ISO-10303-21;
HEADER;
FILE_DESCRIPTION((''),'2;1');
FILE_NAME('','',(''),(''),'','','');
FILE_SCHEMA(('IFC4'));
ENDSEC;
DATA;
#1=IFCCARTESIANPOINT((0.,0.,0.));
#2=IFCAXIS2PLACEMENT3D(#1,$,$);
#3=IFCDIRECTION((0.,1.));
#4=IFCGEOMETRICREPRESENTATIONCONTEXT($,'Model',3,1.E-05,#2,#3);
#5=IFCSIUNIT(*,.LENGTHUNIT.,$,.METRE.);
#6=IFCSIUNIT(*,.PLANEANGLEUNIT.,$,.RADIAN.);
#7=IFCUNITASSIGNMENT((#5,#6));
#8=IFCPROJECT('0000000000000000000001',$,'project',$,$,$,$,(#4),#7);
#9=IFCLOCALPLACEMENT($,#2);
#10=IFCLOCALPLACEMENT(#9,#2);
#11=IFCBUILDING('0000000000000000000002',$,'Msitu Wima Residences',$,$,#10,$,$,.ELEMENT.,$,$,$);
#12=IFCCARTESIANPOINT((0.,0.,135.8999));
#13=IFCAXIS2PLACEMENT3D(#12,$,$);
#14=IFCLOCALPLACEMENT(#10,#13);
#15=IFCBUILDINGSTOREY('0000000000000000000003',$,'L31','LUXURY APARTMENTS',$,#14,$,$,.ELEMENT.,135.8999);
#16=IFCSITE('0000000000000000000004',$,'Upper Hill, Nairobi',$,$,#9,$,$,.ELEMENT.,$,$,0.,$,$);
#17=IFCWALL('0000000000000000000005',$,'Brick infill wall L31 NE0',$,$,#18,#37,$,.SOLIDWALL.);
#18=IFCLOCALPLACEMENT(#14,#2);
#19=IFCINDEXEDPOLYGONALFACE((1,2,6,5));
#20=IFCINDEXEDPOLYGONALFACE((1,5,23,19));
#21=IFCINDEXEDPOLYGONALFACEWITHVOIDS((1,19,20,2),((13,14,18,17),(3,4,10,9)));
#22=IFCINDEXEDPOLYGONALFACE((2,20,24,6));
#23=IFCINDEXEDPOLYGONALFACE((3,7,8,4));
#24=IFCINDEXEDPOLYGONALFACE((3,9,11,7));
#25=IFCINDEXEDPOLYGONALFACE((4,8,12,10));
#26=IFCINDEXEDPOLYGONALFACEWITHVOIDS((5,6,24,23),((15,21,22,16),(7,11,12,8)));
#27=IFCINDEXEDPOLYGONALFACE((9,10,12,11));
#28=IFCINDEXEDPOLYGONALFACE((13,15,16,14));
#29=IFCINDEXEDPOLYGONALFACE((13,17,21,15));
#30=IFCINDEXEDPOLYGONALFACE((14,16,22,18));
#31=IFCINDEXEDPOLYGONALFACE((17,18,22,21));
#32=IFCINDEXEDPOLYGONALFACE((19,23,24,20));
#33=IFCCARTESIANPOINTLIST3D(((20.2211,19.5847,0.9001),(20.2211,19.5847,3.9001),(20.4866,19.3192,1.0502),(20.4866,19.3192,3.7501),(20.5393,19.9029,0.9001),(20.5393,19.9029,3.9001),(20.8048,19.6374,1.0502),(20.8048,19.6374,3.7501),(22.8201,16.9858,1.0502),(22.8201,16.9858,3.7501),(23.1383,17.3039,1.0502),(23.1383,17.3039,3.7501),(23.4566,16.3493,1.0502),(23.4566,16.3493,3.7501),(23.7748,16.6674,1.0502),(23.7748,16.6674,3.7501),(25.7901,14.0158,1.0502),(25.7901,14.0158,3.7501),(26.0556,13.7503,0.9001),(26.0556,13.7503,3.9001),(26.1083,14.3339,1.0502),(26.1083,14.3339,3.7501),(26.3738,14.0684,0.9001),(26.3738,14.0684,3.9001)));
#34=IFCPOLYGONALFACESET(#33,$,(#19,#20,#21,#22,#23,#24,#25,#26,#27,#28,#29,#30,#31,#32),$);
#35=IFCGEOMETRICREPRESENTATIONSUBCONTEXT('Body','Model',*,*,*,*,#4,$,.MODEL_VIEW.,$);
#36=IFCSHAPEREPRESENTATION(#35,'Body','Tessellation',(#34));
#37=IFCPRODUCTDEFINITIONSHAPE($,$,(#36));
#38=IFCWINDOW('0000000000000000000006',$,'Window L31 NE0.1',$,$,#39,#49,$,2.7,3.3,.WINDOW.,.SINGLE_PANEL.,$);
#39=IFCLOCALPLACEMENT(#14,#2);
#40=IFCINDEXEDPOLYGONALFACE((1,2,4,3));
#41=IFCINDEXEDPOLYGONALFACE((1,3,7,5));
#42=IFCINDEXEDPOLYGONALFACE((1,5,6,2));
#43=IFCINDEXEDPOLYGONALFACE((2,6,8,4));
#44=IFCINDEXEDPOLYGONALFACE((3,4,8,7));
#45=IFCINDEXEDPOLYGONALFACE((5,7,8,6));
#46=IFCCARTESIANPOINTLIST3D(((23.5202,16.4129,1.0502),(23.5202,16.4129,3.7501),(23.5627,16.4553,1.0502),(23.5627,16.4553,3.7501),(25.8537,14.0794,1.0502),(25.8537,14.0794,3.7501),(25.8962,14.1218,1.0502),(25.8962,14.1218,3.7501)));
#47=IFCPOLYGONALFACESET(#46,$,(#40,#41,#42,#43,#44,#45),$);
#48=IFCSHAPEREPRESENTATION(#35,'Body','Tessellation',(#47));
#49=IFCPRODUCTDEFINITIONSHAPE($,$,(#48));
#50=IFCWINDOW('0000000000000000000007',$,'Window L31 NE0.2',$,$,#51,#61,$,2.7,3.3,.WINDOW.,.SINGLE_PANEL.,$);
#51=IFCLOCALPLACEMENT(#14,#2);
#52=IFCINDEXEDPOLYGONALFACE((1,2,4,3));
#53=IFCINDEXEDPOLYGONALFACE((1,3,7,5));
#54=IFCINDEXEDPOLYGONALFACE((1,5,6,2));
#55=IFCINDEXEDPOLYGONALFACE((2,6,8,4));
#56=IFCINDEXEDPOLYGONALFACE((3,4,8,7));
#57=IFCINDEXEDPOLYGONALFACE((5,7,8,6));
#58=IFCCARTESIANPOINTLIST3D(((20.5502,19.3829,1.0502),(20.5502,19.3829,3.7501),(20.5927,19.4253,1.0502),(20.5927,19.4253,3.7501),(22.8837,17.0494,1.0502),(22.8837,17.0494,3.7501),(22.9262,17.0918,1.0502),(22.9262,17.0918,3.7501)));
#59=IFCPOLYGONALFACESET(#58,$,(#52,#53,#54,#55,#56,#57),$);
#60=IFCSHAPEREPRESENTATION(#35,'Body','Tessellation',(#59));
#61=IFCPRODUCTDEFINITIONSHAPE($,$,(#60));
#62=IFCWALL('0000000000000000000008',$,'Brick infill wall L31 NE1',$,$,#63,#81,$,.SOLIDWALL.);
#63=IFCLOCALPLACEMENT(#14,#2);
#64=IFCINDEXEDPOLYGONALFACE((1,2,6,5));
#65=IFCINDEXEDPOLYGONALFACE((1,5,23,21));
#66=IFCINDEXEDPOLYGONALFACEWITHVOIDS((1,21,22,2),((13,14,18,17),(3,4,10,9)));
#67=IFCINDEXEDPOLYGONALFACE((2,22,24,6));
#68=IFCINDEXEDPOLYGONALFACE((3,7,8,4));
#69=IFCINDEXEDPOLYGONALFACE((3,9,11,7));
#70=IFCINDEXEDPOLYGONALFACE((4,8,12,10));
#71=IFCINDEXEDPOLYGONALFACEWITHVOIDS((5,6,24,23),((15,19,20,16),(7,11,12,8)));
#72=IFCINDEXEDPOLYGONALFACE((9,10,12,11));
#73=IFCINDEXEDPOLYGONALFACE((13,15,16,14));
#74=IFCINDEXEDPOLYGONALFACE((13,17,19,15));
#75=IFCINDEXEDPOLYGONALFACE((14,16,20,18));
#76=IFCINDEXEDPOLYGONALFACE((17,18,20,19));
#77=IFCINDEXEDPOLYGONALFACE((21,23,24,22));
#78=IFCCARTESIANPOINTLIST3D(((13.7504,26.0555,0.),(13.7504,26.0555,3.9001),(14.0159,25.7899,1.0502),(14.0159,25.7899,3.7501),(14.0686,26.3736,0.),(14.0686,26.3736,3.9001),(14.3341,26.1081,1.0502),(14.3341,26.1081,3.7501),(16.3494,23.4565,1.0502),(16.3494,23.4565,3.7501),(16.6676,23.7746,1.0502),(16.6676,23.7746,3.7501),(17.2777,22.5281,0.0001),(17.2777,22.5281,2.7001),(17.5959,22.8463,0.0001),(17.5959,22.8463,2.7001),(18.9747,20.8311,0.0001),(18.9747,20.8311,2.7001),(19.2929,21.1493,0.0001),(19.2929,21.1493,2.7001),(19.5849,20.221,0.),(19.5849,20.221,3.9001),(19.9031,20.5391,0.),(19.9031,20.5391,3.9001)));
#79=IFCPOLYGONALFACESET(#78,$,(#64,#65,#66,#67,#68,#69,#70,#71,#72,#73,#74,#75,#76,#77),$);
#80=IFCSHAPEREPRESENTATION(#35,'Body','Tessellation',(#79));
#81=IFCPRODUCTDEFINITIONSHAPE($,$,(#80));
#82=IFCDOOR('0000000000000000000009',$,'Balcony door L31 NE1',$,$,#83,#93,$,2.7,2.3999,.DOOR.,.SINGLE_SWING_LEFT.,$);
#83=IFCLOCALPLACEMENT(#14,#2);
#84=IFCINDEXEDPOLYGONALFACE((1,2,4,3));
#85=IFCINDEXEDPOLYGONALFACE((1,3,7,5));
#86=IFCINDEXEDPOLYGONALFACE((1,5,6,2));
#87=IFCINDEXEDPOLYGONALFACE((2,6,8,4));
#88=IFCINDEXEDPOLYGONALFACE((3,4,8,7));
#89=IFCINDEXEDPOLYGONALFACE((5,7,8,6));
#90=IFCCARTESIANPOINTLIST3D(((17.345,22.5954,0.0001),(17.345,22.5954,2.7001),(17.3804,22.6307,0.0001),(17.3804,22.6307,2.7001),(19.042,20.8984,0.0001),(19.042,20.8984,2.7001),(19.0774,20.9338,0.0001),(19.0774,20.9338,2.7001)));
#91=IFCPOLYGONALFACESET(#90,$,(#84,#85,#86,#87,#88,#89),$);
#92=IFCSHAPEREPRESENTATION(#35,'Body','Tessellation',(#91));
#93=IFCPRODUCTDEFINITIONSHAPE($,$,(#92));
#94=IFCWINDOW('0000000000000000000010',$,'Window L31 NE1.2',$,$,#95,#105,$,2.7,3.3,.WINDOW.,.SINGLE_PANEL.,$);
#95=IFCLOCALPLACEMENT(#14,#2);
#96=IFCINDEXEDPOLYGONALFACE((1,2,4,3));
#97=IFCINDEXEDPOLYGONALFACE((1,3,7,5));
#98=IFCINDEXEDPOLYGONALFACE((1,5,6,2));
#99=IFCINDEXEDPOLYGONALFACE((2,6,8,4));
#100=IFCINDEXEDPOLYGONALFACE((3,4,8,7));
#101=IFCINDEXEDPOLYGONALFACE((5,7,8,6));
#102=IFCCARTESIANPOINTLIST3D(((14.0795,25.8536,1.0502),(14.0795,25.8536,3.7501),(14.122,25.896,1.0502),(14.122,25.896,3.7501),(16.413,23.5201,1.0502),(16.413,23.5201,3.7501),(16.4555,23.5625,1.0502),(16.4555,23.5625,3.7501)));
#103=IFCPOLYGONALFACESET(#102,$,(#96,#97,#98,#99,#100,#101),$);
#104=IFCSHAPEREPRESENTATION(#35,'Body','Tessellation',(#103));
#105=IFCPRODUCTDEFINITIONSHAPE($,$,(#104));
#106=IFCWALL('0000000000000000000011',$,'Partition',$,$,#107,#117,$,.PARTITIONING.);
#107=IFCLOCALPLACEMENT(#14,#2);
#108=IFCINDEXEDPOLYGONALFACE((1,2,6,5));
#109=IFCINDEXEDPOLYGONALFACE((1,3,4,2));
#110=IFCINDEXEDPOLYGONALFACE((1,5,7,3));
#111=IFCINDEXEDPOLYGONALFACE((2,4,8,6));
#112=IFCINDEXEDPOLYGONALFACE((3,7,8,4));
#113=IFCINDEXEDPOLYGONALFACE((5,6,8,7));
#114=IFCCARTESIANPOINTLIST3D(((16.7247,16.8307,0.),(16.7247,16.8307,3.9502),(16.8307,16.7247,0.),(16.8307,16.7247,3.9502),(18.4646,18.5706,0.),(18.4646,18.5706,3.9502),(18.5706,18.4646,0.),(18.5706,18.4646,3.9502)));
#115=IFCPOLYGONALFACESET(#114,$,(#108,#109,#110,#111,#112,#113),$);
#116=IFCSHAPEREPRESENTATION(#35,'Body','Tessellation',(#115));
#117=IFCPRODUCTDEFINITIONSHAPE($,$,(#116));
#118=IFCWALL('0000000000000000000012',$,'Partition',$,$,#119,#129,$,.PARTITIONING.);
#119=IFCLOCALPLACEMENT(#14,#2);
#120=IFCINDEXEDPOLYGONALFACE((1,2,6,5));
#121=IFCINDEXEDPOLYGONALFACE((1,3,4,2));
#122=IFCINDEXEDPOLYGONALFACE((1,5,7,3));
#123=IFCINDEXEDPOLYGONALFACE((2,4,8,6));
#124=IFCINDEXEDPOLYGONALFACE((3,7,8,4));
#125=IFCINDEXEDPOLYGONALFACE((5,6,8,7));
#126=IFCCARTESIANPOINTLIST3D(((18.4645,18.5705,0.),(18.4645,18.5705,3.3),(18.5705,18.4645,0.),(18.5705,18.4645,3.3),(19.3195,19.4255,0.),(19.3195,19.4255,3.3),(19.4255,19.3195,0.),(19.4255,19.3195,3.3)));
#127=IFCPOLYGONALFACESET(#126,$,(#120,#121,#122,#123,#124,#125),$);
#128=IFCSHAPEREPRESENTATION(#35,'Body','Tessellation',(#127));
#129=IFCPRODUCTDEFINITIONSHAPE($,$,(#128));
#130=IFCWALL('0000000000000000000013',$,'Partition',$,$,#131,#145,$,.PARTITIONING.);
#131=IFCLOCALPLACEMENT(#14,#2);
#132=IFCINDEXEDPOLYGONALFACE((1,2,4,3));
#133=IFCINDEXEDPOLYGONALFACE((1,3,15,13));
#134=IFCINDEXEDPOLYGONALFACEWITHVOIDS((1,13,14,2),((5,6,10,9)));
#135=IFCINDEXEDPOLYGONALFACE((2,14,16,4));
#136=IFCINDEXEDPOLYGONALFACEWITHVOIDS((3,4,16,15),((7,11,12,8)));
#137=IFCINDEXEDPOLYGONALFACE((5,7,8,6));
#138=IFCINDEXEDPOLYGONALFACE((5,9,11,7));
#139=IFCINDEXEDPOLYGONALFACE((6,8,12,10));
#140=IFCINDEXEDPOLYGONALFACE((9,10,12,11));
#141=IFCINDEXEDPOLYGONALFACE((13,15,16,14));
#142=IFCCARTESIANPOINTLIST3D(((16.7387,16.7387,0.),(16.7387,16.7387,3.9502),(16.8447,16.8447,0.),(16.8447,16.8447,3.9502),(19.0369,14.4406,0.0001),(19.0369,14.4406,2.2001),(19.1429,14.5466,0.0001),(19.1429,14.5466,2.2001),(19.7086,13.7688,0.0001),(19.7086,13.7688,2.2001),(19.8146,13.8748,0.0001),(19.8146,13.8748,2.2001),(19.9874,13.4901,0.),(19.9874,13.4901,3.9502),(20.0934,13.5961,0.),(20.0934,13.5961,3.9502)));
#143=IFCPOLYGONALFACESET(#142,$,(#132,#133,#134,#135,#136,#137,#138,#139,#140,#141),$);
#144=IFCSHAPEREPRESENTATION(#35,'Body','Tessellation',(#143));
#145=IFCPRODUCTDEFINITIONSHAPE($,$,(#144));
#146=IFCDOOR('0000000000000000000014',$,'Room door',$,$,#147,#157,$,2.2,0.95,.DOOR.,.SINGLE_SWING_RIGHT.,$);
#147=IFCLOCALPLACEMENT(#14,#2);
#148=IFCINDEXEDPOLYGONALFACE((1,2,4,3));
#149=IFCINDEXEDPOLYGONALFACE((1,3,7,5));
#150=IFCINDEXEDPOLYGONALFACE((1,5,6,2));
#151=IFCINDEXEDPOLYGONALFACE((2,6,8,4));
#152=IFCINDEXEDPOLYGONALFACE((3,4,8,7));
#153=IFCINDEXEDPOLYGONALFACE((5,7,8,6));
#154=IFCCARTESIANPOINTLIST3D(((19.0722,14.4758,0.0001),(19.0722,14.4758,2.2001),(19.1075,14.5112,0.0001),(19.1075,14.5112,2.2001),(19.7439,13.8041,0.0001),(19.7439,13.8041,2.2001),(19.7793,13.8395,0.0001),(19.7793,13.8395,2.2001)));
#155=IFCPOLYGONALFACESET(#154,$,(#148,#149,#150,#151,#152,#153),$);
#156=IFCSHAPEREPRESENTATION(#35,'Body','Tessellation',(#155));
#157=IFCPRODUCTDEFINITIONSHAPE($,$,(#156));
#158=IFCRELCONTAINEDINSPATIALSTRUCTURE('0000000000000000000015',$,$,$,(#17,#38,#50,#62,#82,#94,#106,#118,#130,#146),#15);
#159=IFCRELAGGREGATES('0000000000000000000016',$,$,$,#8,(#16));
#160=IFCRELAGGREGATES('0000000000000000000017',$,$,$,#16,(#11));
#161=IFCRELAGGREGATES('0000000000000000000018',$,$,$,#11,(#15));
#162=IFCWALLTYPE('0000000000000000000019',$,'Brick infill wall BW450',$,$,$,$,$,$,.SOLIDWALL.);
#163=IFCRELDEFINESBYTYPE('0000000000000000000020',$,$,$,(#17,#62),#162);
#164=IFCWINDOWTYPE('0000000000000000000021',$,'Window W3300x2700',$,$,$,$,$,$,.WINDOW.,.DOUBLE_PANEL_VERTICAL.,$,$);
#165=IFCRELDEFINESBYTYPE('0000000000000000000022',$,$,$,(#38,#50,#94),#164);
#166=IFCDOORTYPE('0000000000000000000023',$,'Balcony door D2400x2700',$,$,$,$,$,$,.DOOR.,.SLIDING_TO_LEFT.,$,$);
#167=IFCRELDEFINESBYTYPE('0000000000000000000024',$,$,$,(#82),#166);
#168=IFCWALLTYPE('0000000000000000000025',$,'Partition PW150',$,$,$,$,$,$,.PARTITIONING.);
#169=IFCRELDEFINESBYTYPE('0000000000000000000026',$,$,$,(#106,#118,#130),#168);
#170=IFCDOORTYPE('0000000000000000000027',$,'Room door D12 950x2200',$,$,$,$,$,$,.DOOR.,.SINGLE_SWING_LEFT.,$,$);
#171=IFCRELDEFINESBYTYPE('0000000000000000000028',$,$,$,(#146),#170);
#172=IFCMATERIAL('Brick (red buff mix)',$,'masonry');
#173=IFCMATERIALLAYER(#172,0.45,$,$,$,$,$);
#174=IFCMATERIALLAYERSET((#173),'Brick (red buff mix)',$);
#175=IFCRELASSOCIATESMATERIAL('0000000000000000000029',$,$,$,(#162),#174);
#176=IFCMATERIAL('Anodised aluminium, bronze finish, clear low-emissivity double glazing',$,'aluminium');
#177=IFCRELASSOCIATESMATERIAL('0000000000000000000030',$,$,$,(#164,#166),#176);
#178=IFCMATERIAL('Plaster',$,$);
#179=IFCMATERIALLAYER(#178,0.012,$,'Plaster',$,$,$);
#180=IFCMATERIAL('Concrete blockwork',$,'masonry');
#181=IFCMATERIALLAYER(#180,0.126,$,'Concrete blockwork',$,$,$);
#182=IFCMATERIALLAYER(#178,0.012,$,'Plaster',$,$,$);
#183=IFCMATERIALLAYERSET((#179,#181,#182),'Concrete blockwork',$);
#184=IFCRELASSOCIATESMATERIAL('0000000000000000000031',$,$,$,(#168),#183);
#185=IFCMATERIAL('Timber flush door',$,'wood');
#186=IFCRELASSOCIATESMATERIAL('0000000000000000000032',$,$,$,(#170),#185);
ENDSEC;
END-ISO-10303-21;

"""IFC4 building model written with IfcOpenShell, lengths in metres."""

from ifc_helpers import new_model, si_unit, direction, frame, frame_2d, origin, place, context, subcontext, project, spatial, rectangle, extrude, material, layer, layer_set, type_object, element, fill, save


model = new_model("IFC4")

# Units and contexts
model_context = context("Model", 3, precision=1e-05, world=origin(), true_north=direction((0.0, 1.0)))
body_context = subcontext(model_context, "Body", "Model", "MODEL_VIEW")
ifc_project = project(units=[si_unit("LENGTHUNIT", "METRE"), si_unit("PLANEANGLEUNIT", "RADIAN")], contexts=[model_context])

# Site, building, storey
site_placement = place(None, origin())
site = spatial("IfcSite", under=ifc_project, at=site_placement, Name="Upper Hill, Nairobi", CompositionType="ELEMENT", RefElevation=0.0)
building_placement = place(site_placement, origin())
building = spatial("IfcBuilding", under=site, at=building_placement, Name="Msitu Wima Residences", CompositionType="ELEMENT")
storey_placement = place(building_placement, frame((0.0, 0.0, 135.8999)))
storey = spatial("IfcBuildingStorey", under=building, at=storey_placement, Name="L31", Description="LUXURY APARTMENTS", CompositionType="ELEMENT", Elevation=135.8999)

# Wall, openings, windows
ifc_material_1 = material(Name="Brick (red buff mix)", Category="masonry")
ifc_layer_1 = layer(ifc_material_1, 0.45)
ifc_layer_set_1 = layer_set([ifc_layer_1], Name="Brick (red buff mix)")
wall_type_1 = type_object("IfcWallType", Name="Brick infill wall BW450", PredefinedType="SOLIDWALL", material=ifc_layer_set_1)
wall_1_placement = place(storey_placement, frame((26.2146, 13.9094, 0.9001), z_axis=(0.0, 0.0, 1.0), x_axis=(-0.707107, 0.707107, 0.0)))
wall_1 = element("IfcWall", 1, at=wall_1_placement, inside=storey, type_object=wall_type_1, Name="Brick infill wall L31 NE0", PredefinedType="SOLIDWALL", context=body_context, shape_type="SweptSolid", body=[
    extrude(rectangle(XDim=8.2512, YDim=0.45, at=frame_2d((4.1255, 0.0))), origin(), (0.0, 0.0, 1.0), 3.0),
])
opening_1_placement = place(wall_1_placement, frame((0.3755, 0.0, 0.1499)))
opening_1 = element("IfcOpeningElement", 2, at=opening_1_placement, cuts=wall_1, PredefinedType="OPENING", context=body_context, shape_type="SweptSolid", body=[
    extrude(rectangle(XDim=3.3, YDim=2.7, at=frame_2d((1.6499, 1.3501))), frame((0.0, 0.2349, 0.0), z_axis=(0.0, -1.0, 0.0), x_axis=(1.0, 0.0, 0.0)), (0.0, 0.0, 1.0), 0.47),
])
opening_2_placement = place(wall_1_placement, frame((4.5757, 0.0, 0.1499)))
opening_2 = element("IfcOpeningElement", 3, at=opening_2_placement, cuts=wall_1, PredefinedType="OPENING", context=body_context, shape_type="SweptSolid", body=[
    extrude(rectangle(XDim=3.3, YDim=2.7, at=frame_2d((1.6499, 1.3501))), frame((0.0, 0.2349, 0.0), z_axis=(0.0, -1.0, 0.0), x_axis=(1.0, 0.0, 0.0)), (0.0, 0.0, 1.0), 0.47),
])
ifc_material_2 = material(Name="Anodised aluminium, bronze finish, clear low-emissivity double glazing", Category="aluminium")
window_type = type_object("IfcWindowType", Name="Window W3300x2700", PartitioningType="DOUBLE_PANEL_VERTICAL", PredefinedType="WINDOW", material=ifc_material_2)
window_1_placement = place(opening_1_placement, origin())
window_1 = element("IfcWindow", 4, at=window_1_placement, inside=storey, type_object=window_type, Name="Window L31 NE0.1", OverallHeight=2.7, OverallWidth=3.3, PartitioningType="SINGLE_PANEL", PredefinedType="WINDOW", context=body_context, shape_type="SweptSolid", body=[
    extrude(rectangle(XDim=3.3, YDim=2.7, at=frame_2d((1.6499, 1.3501))), frame((0.0, 0.135, 0.0), z_axis=(0.0, -1.0, 0.0), x_axis=(1.0, 0.0, 0.0)), (0.0, 0.0, 1.0), 0.0601),
])
fill(opening_1, window_1)
window_2_placement = place(opening_2_placement, origin())
window_2 = element("IfcWindow", 5, at=window_2_placement, inside=storey, type_object=window_type, Name="Window L31 NE0.2", OverallHeight=2.7, OverallWidth=3.3, PartitioningType="SINGLE_PANEL", PredefinedType="WINDOW", context=body_context, shape_type="SweptSolid", body=[
    extrude(rectangle(XDim=3.3, YDim=2.7, at=frame_2d((1.6499, 1.3501))), frame((0.0, 0.135, 0.0), z_axis=(0.0, -1.0, 0.0), x_axis=(1.0, 0.0, 0.0)), (0.0, 0.0, 1.0), 0.0601),
])
fill(opening_2, window_2)

# Wall, openings, door, window
wall_2_placement = place(storey_placement, frame((19.7439, 20.3801, 0.0), z_axis=(0.0, 0.0, 1.0), x_axis=(-0.707107, 0.707107, 0.0)))
wall_2 = element("IfcWall", 6, at=wall_2_placement, inside=storey, type_object=wall_type_1, Name="Brick infill wall L31 NE1", PredefinedType="SOLIDWALL", context=body_context, shape_type="SweptSolid", body=[
    extrude(rectangle(XDim=8.2512, YDim=0.45, at=frame_2d((4.1255, 0.0))), origin(), (0.0, 0.0, 1.0), 3.9001),
])
opening_3_placement = place(wall_2_placement, frame((0.8628, 0.0, 0.0)))
opening_3 = element("IfcOpeningElement", 7, at=opening_3_placement, cuts=wall_2, PredefinedType="OPENING", context=body_context, shape_type="SweptSolid", body=[
    extrude(rectangle(XDim=2.3999, YDim=2.7, at=frame_2d((1.2, 1.3501))), frame((0.0, 0.2349, 0.0), z_axis=(0.0, -1.0, 0.0), x_axis=(1.0, 0.0, 0.0)), (0.0, 0.0, 1.0), 0.47),
])
opening_4_placement = place(wall_2_placement, frame((4.5757, 0.0, 1.05)))
opening_4 = element("IfcOpeningElement", 8, at=opening_4_placement, cuts=wall_2, PredefinedType="OPENING", context=body_context, shape_type="SweptSolid", body=[
    extrude(rectangle(XDim=3.3, YDim=2.7, at=frame_2d((1.6499, 1.3501))), frame((0.0, 0.2349, 0.0), z_axis=(0.0, -1.0, 0.0), x_axis=(1.0, 0.0, 0.0)), (0.0, 0.0, 1.0), 0.47),
])
door_type_1 = type_object("IfcDoorType", Name="Balcony door D2400x2700", OperationType="SLIDING_TO_LEFT", PredefinedType="DOOR", material=ifc_material_2)
door_1_placement = place(opening_3_placement, origin())
door_1 = element("IfcDoor", 9, at=door_1_placement, inside=storey, type_object=door_type_1, Name="Balcony door L31 NE1", OperationType="SINGLE_SWING_LEFT", OverallHeight=2.7, OverallWidth=2.3999, PredefinedType="DOOR", context=body_context, shape_type="SweptSolid", body=[
    extrude(rectangle(XDim=2.3999, YDim=2.7, at=frame_2d((1.2, 1.3501))), frame((0.0, 0.1299, 0.0), z_axis=(0.0, -1.0, 0.0), x_axis=(1.0, 0.0, 0.0)), (0.0, 0.0, 1.0), 0.05),
])
fill(opening_3, door_1)
window_3_placement = place(opening_4_placement, origin())
window_3 = element("IfcWindow", 10, at=window_3_placement, inside=storey, type_object=window_type, Name="Window L31 NE1.2", OverallHeight=2.7, OverallWidth=3.3, PartitioningType="SINGLE_PANEL", PredefinedType="WINDOW", context=body_context, shape_type="SweptSolid", body=[
    extrude(rectangle(XDim=3.3, YDim=2.7, at=frame_2d((1.6499, 1.3501))), frame((0.0, 0.135, 0.0), z_axis=(0.0, -1.0, 0.0), x_axis=(1.0, 0.0, 0.0)), (0.0, 0.0, 1.0), 0.0601),
])
fill(opening_4, window_3)

# Walls
ifc_material_3 = material(Name="Plaster")
ifc_layer_2 = layer(ifc_material_3, 0.012, Name="Plaster")
ifc_material_4 = material(Name="Concrete blockwork", Category="masonry")
ifc_layer_3 = layer(ifc_material_4, 0.126, Name="Concrete blockwork")
ifc_layer_4 = layer(ifc_material_3, 0.012, Name="Plaster")
ifc_layer_set_2 = layer_set([ifc_layer_2, ifc_layer_3, ifc_layer_4], Name="Concrete blockwork")
wall_type_2 = type_object("IfcWallType", Name="Partition PW150", PredefinedType="PARTITIONING", material=ifc_layer_set_2)
wall_3_placement = place(storey_placement, frame((16.7776, 16.7776, 0.0), z_axis=(0.0, 0.0, 1.0), x_axis=(0.707107, 0.707107, 0.0)))
element("IfcWall", 11, at=wall_3_placement, inside=storey, type_object=wall_type_2, Name="Partition", PredefinedType="PARTITIONING", context=body_context, shape_type="SweptSolid", body=[
    extrude(rectangle(XDim=2.4607, YDim=0.1499, at=frame_2d((1.2305, 0.0))), origin(), (0.0, 0.0, 1.0), 3.9502),
])
wall_4_placement = place(storey_placement, frame((18.5176, 18.5176, 0.0), z_axis=(0.0, 0.0, 1.0), x_axis=(0.707107, 0.707107, 0.0)))
element("IfcWall", 12, at=wall_4_placement, inside=storey, type_object=wall_type_2, Name="Partition", PredefinedType="PARTITIONING", context=body_context, shape_type="SweptSolid", body=[
    extrude(rectangle(XDim=1.2092, YDim=0.1499, at=frame_2d((0.6045, 0.0))), origin(), (0.0, 0.0, 1.0), 3.3),
])

# Wall, opening, door
wall_5_placement = place(storey_placement, frame((16.7917, 16.7917, 0.0), z_axis=(0.0, 0.0, 1.0), x_axis=(0.707107, -0.707107, 0.0)))
wall_5 = element("IfcWall", 13, at=wall_5_placement, inside=storey, type_object=wall_type_2, Name="Partition", PredefinedType="PARTITIONING", context=body_context, shape_type="SweptSolid", body=[
    extrude(rectangle(XDim=4.5942, YDim=0.1499, at=frame_2d((2.2971, 0.0))), origin(), (0.0, 0.0, 1.0), 3.9502),
])
opening_5_placement = place(wall_5_placement, frame((3.25, 0.0, 0.0)))
opening_5 = element("IfcOpeningElement", 14, at=opening_5_placement, cuts=wall_5, PredefinedType="OPENING", context=body_context, shape_type="SweptSolid", body=[
    extrude(rectangle(XDim=0.95, YDim=2.2, at=frame_2d((0.4751, 1.1001))), frame((0.0, 0.085, 0.0), z_axis=(0.0, -1.0, 0.0), x_axis=(1.0, 0.0, 0.0)), (0.0, 0.0, 1.0), 0.1699),
])
ifc_material_5 = material(Name="Timber flush door", Category="wood")
door_type_2 = type_object("IfcDoorType", Name="Room door D12 950x2200", OperationType="SINGLE_SWING_LEFT", PredefinedType="DOOR", material=ifc_material_5)
door_2_placement = place(opening_5_placement, origin())
door_2 = element("IfcDoor", 15, at=door_2_placement, inside=storey, type_object=door_type_2, Name="Room door", OperationType="SINGLE_SWING_RIGHT", OverallHeight=2.2, OverallWidth=0.95, PredefinedType="DOOR", context=body_context, shape_type="SweptSolid", body=[
    extrude(rectangle(XDim=0.95, YDim=2.2, at=frame_2d((0.4751, 1.1001))), frame((0.0, 0.0249, 0.0), z_axis=(0.0, -1.0, 0.0), x_axis=(1.0, 0.0, 0.0)), (0.0, 0.0, 1.0), 0.05),
])
fill(opening_5, door_2)

save(model, "model.ifc")
